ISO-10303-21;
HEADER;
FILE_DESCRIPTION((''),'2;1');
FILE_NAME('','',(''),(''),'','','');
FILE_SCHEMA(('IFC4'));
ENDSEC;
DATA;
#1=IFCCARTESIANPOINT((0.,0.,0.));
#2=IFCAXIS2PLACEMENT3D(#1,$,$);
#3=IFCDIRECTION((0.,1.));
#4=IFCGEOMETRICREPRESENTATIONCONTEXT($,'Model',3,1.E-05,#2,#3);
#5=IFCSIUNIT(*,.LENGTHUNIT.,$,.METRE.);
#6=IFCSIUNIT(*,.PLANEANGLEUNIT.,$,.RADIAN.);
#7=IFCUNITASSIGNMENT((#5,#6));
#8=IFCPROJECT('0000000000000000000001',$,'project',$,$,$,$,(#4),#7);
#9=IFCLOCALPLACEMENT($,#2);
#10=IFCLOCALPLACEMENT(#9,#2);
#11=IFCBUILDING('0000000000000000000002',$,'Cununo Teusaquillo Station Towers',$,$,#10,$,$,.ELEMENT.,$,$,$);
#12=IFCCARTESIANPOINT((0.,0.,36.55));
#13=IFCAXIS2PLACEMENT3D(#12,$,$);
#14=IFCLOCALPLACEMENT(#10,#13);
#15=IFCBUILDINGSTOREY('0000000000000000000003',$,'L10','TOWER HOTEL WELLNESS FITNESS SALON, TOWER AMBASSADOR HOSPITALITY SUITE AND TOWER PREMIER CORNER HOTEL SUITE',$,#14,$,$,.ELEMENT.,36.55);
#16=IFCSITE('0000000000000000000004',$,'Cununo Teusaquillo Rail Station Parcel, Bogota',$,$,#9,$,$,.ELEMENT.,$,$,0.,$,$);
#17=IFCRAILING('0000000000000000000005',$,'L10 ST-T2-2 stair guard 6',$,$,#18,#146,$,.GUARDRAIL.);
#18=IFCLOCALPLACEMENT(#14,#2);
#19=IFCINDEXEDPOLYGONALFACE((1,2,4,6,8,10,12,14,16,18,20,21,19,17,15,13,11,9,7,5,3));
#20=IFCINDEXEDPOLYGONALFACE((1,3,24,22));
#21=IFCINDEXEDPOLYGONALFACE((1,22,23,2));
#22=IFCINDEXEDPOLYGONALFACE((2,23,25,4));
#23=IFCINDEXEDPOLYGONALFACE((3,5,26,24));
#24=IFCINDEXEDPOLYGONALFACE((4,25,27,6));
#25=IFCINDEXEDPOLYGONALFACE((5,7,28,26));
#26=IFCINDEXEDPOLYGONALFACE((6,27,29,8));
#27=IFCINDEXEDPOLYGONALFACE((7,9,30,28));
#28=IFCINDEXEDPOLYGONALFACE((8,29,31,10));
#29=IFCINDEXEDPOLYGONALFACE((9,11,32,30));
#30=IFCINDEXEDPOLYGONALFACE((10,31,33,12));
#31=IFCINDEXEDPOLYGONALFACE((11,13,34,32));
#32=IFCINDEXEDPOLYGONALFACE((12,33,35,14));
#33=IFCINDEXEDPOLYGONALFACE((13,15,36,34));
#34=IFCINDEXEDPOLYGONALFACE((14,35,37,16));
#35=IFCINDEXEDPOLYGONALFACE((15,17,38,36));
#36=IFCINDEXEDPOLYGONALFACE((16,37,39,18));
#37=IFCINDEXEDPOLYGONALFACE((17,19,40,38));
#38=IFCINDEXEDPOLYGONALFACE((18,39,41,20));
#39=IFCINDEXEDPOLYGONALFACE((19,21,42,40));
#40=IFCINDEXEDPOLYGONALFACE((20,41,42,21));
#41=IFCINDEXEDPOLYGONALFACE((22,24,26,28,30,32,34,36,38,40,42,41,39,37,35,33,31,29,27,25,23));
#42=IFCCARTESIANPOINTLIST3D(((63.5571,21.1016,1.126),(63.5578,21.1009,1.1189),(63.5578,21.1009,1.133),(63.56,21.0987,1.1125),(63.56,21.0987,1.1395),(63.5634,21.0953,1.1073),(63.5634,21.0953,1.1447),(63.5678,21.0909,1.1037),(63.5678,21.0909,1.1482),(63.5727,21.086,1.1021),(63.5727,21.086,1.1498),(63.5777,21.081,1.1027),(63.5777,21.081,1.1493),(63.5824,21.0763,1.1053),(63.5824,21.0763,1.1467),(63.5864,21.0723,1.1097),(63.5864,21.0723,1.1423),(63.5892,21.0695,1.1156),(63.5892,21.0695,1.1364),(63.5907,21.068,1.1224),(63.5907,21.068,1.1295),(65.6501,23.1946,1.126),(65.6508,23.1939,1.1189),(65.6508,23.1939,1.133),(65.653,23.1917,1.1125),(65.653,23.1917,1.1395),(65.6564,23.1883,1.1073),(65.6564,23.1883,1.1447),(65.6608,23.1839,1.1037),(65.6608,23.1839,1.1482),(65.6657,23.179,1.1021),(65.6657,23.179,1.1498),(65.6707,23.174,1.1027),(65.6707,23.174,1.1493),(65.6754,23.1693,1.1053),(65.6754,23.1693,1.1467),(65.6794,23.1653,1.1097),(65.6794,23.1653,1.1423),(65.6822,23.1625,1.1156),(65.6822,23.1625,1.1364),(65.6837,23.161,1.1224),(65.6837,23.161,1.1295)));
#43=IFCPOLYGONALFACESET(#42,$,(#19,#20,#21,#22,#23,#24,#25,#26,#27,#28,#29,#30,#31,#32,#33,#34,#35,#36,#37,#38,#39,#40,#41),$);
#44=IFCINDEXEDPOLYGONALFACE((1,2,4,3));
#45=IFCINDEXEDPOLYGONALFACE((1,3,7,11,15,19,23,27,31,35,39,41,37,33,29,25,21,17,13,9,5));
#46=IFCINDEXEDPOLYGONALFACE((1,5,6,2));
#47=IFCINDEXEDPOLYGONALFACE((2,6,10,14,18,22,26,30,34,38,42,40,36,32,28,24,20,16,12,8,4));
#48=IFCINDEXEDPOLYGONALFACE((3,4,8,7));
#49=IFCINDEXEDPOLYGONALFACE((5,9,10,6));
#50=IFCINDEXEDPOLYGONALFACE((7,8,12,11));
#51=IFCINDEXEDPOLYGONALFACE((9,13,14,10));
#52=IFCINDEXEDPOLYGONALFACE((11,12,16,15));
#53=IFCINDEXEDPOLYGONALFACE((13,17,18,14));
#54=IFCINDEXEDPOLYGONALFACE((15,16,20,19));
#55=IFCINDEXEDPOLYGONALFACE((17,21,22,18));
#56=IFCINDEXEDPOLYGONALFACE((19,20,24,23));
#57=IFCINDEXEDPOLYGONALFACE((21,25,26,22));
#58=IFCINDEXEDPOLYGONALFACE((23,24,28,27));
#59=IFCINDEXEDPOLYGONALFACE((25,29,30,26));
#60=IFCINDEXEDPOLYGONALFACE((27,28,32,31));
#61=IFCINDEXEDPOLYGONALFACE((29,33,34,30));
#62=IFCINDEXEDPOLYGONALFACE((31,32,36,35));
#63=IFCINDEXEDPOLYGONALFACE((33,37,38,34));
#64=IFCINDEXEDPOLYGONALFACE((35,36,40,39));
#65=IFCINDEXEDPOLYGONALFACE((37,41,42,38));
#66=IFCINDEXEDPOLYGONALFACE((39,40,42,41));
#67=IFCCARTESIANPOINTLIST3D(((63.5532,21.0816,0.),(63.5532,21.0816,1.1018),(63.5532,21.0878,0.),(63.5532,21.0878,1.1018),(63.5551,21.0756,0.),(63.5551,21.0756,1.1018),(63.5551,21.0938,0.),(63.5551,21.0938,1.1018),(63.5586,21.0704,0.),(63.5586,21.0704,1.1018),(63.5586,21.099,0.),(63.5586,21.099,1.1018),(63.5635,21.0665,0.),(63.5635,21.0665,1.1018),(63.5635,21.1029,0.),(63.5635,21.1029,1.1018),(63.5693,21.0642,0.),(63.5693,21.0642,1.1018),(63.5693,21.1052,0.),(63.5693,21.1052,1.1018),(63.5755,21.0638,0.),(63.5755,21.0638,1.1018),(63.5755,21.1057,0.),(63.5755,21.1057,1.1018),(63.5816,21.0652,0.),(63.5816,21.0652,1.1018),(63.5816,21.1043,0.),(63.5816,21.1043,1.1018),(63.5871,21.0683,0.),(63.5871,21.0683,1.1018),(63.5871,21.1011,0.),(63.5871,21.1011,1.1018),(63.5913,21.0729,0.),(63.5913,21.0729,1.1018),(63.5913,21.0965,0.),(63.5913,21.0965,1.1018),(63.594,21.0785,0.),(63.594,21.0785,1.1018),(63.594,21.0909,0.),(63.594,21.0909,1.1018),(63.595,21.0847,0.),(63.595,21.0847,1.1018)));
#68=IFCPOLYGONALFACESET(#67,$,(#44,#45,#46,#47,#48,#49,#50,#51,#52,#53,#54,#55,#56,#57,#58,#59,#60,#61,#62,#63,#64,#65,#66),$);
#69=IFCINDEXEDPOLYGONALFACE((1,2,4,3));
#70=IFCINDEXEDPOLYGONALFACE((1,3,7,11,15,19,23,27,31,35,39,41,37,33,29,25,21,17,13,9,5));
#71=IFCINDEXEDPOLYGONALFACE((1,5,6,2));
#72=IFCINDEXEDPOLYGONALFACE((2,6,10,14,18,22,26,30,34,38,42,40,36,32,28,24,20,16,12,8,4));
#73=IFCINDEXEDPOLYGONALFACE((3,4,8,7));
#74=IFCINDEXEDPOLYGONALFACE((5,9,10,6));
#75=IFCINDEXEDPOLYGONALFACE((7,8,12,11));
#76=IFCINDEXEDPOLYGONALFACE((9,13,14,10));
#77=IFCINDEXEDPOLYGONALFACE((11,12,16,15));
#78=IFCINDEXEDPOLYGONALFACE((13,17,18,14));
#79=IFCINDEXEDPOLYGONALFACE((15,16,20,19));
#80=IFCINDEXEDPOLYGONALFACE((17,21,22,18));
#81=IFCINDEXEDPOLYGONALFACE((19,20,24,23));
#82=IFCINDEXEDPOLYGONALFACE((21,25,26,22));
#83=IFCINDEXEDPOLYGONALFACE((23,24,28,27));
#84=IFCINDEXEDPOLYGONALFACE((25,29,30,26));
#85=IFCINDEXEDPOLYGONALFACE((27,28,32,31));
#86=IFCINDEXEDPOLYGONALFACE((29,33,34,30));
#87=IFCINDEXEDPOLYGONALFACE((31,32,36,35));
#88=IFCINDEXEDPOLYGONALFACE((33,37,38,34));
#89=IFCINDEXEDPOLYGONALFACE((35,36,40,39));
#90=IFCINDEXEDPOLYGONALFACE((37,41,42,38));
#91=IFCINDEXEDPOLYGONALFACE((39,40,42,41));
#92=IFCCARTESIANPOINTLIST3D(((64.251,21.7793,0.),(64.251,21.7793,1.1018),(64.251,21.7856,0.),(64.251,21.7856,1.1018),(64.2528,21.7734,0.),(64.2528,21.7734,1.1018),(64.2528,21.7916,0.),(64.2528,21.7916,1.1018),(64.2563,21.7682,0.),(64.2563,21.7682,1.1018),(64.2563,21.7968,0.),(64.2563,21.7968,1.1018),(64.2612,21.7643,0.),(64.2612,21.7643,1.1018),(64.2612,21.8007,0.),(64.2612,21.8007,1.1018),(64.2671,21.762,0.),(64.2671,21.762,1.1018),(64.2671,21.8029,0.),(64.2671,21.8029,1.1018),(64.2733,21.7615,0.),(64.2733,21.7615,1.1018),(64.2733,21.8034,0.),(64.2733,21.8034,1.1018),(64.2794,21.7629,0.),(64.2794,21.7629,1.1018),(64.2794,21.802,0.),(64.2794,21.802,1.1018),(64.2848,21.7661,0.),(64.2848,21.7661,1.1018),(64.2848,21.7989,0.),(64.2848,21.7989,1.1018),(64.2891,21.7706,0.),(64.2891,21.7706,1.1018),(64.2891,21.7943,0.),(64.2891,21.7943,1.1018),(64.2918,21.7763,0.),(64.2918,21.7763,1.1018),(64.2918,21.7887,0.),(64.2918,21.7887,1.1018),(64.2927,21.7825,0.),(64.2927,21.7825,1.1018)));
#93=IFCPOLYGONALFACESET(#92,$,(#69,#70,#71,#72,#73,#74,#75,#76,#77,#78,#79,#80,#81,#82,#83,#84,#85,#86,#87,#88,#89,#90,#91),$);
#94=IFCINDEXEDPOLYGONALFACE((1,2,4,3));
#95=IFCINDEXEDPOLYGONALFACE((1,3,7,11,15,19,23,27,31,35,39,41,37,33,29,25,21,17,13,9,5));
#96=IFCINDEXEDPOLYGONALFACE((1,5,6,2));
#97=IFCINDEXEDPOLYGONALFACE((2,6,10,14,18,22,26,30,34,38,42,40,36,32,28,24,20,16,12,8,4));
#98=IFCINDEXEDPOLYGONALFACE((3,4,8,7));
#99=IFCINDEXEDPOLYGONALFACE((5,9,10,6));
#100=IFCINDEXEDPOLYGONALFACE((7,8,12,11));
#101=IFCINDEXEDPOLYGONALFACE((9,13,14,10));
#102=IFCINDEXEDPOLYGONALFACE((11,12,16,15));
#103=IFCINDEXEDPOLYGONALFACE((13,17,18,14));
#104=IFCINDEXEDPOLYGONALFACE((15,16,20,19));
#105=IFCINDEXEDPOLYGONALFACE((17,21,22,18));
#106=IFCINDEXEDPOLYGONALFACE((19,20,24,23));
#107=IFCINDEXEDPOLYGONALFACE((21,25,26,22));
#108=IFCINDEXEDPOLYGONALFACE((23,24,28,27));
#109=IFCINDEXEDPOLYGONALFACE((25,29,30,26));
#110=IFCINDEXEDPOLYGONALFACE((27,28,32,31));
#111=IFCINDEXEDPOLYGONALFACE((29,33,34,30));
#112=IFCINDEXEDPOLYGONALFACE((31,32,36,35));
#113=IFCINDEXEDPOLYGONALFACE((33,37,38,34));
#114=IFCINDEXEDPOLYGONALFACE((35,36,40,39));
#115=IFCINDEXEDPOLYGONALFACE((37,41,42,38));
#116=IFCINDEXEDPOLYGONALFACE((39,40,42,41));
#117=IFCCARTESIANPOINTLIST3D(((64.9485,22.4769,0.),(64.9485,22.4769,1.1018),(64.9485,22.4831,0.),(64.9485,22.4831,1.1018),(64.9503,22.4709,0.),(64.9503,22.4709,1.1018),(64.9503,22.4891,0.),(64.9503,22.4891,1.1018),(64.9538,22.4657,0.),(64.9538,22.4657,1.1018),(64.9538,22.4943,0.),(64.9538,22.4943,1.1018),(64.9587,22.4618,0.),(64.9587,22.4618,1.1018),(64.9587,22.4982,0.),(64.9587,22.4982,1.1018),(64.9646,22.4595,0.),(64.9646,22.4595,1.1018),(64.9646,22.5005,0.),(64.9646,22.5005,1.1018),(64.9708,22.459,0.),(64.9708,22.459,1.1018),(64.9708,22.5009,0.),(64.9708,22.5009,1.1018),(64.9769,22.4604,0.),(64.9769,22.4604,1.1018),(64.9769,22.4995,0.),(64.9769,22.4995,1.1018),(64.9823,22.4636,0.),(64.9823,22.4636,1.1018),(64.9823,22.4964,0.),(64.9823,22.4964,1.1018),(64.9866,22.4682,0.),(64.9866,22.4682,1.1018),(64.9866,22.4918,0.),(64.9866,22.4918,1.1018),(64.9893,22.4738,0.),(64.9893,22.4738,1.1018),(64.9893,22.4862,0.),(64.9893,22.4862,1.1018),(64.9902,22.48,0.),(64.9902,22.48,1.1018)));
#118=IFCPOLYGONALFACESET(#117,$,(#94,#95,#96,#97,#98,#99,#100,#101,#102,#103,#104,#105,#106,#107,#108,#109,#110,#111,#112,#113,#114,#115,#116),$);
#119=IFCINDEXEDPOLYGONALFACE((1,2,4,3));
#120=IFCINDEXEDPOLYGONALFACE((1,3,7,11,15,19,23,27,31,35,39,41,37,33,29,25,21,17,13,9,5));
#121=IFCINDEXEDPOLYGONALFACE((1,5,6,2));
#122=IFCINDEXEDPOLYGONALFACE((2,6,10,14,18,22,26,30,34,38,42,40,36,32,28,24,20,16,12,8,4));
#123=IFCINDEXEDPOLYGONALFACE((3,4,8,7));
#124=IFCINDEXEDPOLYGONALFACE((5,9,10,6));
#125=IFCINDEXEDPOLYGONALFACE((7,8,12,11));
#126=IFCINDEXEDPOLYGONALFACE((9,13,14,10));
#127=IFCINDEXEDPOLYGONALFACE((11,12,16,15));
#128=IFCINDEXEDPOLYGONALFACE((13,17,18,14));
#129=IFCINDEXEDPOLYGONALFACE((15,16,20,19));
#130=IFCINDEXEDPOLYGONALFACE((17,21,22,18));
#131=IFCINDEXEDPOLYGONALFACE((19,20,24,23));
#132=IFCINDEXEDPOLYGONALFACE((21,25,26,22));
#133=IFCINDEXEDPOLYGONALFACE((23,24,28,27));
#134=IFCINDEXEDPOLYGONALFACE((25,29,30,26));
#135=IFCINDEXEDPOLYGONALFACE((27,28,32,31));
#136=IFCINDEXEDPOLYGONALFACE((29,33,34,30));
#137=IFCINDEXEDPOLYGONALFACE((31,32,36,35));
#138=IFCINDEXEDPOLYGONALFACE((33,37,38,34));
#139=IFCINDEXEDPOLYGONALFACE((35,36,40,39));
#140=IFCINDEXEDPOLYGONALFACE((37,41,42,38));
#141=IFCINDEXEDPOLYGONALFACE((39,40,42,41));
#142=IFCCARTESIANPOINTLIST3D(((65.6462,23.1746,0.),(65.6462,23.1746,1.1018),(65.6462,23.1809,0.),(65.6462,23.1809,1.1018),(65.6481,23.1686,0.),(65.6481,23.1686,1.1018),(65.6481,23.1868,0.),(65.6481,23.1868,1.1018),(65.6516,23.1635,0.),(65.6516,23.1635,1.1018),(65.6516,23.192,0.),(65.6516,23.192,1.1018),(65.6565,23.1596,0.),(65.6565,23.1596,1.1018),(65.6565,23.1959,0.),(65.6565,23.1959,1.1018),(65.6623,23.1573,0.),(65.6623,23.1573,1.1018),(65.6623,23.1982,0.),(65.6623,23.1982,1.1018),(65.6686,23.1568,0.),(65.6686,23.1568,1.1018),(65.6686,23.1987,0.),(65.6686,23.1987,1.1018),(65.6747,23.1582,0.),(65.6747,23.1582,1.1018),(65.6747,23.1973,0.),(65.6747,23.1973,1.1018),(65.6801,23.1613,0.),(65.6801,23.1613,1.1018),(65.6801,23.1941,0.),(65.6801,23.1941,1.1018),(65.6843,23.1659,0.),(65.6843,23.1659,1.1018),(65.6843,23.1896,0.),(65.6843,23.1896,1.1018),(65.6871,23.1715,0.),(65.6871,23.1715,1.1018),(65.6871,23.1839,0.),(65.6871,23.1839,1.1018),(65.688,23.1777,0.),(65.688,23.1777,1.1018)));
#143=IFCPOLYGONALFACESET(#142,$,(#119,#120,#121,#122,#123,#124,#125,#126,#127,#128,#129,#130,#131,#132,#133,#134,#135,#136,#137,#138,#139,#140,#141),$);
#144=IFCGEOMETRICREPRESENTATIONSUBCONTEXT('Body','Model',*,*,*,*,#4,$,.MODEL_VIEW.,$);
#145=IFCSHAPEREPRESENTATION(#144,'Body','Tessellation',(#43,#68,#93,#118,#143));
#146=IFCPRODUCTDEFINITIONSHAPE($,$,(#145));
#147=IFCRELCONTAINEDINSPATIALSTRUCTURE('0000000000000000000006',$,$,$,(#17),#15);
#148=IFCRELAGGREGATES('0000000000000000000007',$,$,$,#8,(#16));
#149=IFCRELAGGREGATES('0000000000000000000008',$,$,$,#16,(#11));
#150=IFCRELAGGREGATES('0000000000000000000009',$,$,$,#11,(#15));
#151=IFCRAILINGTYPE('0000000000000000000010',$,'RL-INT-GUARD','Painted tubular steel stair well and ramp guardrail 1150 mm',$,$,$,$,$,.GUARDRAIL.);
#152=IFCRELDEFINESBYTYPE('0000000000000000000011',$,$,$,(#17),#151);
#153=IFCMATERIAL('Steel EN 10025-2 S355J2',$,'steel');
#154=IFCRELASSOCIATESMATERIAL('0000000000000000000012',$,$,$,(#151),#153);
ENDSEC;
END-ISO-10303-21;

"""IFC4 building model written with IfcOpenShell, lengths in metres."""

from ifc_helpers import new_model, si_unit, direction, frame, origin, origin_2d, place, context, subcontext, project, spatial, circle, extrude, material, type_object, element, save


model = new_model("IFC4")

# Units and contexts
model_context = context("Model", 3, precision=1e-05, world=origin(), true_north=direction((0.0, 1.0)))
body_context = subcontext(model_context, "Body", "Model", "MODEL_VIEW")
ifc_project = project(units=[si_unit("LENGTHUNIT", "METRE"), si_unit("PLANEANGLEUNIT", "RADIAN")], contexts=[model_context])

# Site, building, storey
site_placement = place(None, origin())
site = spatial("IfcSite", under=ifc_project, at=site_placement, Name="Cununo Teusaquillo Rail Station Parcel, Bogota", CompositionType="ELEMENT", RefElevation=0.0)
building_placement = place(site_placement, origin())
building = spatial("IfcBuilding", under=site, at=building_placement, Name="Cununo Teusaquillo Station Towers", CompositionType="ELEMENT")
storey_placement = place(building_placement, frame((0.0, 0.0, 36.55)))
storey = spatial("IfcBuildingStorey", under=building, at=storey_placement, Name="L10", Description="TOWER HOTEL WELLNESS FITNESS SALON, TOWER AMBASSADOR HOSPITALITY SUITE AND TOWER PREMIER CORNER HOTEL SUITE", CompositionType="ELEMENT", Elevation=36.55)

# Railing
ifc_material_1 = material(Name="Steel EN 10025-2 S355J2", Category="steel")
railing_type = type_object("IfcRailingType", Name="RL-INT-GUARD", Description="Painted tubular steel stair well and ramp guardrail 1150 mm", PredefinedType="GUARDRAIL", material=ifc_material_1)
railing_1_placement = place(storey_placement, frame((63.574, 21.0847, 0.0)))
element("IfcRailing", 1, at=railing_1_placement, inside=storey, type_object=railing_type, Name="L10 ST-T2-2 stair guard 6", PredefinedType="GUARDRAIL", context=body_context, shape_type="SweptSolid", body=[
    extrude(circle(Radius=0.0239, at=origin_2d()), frame((0.0, 0.0, 1.126), z_axis=(0.707107, 0.707107, 0.0), x_axis=(-0.707107, 0.707107, 0.0)), (0.0, 0.0, 1.0), 2.96),
    extrude(circle(Radius=0.021, at=origin_2d()), origin(), (0.0, 0.0, 1.0), 1.1018),
    extrude(circle(Radius=0.021, at=origin_2d()), frame((0.6978, 0.6978, 0.0)), (0.0, 0.0, 1.0), 1.1018),
    extrude(circle(Radius=0.021, at=origin_2d()), frame((1.3953, 1.3953, 0.0)), (0.0, 0.0, 1.0), 1.1018),
    extrude(circle(Radius=0.021, at=origin_2d()), frame((2.093, 2.093, 0.0)), (0.0, 0.0, 1.0), 1.1018),
])

save(model, "model.ifc")
